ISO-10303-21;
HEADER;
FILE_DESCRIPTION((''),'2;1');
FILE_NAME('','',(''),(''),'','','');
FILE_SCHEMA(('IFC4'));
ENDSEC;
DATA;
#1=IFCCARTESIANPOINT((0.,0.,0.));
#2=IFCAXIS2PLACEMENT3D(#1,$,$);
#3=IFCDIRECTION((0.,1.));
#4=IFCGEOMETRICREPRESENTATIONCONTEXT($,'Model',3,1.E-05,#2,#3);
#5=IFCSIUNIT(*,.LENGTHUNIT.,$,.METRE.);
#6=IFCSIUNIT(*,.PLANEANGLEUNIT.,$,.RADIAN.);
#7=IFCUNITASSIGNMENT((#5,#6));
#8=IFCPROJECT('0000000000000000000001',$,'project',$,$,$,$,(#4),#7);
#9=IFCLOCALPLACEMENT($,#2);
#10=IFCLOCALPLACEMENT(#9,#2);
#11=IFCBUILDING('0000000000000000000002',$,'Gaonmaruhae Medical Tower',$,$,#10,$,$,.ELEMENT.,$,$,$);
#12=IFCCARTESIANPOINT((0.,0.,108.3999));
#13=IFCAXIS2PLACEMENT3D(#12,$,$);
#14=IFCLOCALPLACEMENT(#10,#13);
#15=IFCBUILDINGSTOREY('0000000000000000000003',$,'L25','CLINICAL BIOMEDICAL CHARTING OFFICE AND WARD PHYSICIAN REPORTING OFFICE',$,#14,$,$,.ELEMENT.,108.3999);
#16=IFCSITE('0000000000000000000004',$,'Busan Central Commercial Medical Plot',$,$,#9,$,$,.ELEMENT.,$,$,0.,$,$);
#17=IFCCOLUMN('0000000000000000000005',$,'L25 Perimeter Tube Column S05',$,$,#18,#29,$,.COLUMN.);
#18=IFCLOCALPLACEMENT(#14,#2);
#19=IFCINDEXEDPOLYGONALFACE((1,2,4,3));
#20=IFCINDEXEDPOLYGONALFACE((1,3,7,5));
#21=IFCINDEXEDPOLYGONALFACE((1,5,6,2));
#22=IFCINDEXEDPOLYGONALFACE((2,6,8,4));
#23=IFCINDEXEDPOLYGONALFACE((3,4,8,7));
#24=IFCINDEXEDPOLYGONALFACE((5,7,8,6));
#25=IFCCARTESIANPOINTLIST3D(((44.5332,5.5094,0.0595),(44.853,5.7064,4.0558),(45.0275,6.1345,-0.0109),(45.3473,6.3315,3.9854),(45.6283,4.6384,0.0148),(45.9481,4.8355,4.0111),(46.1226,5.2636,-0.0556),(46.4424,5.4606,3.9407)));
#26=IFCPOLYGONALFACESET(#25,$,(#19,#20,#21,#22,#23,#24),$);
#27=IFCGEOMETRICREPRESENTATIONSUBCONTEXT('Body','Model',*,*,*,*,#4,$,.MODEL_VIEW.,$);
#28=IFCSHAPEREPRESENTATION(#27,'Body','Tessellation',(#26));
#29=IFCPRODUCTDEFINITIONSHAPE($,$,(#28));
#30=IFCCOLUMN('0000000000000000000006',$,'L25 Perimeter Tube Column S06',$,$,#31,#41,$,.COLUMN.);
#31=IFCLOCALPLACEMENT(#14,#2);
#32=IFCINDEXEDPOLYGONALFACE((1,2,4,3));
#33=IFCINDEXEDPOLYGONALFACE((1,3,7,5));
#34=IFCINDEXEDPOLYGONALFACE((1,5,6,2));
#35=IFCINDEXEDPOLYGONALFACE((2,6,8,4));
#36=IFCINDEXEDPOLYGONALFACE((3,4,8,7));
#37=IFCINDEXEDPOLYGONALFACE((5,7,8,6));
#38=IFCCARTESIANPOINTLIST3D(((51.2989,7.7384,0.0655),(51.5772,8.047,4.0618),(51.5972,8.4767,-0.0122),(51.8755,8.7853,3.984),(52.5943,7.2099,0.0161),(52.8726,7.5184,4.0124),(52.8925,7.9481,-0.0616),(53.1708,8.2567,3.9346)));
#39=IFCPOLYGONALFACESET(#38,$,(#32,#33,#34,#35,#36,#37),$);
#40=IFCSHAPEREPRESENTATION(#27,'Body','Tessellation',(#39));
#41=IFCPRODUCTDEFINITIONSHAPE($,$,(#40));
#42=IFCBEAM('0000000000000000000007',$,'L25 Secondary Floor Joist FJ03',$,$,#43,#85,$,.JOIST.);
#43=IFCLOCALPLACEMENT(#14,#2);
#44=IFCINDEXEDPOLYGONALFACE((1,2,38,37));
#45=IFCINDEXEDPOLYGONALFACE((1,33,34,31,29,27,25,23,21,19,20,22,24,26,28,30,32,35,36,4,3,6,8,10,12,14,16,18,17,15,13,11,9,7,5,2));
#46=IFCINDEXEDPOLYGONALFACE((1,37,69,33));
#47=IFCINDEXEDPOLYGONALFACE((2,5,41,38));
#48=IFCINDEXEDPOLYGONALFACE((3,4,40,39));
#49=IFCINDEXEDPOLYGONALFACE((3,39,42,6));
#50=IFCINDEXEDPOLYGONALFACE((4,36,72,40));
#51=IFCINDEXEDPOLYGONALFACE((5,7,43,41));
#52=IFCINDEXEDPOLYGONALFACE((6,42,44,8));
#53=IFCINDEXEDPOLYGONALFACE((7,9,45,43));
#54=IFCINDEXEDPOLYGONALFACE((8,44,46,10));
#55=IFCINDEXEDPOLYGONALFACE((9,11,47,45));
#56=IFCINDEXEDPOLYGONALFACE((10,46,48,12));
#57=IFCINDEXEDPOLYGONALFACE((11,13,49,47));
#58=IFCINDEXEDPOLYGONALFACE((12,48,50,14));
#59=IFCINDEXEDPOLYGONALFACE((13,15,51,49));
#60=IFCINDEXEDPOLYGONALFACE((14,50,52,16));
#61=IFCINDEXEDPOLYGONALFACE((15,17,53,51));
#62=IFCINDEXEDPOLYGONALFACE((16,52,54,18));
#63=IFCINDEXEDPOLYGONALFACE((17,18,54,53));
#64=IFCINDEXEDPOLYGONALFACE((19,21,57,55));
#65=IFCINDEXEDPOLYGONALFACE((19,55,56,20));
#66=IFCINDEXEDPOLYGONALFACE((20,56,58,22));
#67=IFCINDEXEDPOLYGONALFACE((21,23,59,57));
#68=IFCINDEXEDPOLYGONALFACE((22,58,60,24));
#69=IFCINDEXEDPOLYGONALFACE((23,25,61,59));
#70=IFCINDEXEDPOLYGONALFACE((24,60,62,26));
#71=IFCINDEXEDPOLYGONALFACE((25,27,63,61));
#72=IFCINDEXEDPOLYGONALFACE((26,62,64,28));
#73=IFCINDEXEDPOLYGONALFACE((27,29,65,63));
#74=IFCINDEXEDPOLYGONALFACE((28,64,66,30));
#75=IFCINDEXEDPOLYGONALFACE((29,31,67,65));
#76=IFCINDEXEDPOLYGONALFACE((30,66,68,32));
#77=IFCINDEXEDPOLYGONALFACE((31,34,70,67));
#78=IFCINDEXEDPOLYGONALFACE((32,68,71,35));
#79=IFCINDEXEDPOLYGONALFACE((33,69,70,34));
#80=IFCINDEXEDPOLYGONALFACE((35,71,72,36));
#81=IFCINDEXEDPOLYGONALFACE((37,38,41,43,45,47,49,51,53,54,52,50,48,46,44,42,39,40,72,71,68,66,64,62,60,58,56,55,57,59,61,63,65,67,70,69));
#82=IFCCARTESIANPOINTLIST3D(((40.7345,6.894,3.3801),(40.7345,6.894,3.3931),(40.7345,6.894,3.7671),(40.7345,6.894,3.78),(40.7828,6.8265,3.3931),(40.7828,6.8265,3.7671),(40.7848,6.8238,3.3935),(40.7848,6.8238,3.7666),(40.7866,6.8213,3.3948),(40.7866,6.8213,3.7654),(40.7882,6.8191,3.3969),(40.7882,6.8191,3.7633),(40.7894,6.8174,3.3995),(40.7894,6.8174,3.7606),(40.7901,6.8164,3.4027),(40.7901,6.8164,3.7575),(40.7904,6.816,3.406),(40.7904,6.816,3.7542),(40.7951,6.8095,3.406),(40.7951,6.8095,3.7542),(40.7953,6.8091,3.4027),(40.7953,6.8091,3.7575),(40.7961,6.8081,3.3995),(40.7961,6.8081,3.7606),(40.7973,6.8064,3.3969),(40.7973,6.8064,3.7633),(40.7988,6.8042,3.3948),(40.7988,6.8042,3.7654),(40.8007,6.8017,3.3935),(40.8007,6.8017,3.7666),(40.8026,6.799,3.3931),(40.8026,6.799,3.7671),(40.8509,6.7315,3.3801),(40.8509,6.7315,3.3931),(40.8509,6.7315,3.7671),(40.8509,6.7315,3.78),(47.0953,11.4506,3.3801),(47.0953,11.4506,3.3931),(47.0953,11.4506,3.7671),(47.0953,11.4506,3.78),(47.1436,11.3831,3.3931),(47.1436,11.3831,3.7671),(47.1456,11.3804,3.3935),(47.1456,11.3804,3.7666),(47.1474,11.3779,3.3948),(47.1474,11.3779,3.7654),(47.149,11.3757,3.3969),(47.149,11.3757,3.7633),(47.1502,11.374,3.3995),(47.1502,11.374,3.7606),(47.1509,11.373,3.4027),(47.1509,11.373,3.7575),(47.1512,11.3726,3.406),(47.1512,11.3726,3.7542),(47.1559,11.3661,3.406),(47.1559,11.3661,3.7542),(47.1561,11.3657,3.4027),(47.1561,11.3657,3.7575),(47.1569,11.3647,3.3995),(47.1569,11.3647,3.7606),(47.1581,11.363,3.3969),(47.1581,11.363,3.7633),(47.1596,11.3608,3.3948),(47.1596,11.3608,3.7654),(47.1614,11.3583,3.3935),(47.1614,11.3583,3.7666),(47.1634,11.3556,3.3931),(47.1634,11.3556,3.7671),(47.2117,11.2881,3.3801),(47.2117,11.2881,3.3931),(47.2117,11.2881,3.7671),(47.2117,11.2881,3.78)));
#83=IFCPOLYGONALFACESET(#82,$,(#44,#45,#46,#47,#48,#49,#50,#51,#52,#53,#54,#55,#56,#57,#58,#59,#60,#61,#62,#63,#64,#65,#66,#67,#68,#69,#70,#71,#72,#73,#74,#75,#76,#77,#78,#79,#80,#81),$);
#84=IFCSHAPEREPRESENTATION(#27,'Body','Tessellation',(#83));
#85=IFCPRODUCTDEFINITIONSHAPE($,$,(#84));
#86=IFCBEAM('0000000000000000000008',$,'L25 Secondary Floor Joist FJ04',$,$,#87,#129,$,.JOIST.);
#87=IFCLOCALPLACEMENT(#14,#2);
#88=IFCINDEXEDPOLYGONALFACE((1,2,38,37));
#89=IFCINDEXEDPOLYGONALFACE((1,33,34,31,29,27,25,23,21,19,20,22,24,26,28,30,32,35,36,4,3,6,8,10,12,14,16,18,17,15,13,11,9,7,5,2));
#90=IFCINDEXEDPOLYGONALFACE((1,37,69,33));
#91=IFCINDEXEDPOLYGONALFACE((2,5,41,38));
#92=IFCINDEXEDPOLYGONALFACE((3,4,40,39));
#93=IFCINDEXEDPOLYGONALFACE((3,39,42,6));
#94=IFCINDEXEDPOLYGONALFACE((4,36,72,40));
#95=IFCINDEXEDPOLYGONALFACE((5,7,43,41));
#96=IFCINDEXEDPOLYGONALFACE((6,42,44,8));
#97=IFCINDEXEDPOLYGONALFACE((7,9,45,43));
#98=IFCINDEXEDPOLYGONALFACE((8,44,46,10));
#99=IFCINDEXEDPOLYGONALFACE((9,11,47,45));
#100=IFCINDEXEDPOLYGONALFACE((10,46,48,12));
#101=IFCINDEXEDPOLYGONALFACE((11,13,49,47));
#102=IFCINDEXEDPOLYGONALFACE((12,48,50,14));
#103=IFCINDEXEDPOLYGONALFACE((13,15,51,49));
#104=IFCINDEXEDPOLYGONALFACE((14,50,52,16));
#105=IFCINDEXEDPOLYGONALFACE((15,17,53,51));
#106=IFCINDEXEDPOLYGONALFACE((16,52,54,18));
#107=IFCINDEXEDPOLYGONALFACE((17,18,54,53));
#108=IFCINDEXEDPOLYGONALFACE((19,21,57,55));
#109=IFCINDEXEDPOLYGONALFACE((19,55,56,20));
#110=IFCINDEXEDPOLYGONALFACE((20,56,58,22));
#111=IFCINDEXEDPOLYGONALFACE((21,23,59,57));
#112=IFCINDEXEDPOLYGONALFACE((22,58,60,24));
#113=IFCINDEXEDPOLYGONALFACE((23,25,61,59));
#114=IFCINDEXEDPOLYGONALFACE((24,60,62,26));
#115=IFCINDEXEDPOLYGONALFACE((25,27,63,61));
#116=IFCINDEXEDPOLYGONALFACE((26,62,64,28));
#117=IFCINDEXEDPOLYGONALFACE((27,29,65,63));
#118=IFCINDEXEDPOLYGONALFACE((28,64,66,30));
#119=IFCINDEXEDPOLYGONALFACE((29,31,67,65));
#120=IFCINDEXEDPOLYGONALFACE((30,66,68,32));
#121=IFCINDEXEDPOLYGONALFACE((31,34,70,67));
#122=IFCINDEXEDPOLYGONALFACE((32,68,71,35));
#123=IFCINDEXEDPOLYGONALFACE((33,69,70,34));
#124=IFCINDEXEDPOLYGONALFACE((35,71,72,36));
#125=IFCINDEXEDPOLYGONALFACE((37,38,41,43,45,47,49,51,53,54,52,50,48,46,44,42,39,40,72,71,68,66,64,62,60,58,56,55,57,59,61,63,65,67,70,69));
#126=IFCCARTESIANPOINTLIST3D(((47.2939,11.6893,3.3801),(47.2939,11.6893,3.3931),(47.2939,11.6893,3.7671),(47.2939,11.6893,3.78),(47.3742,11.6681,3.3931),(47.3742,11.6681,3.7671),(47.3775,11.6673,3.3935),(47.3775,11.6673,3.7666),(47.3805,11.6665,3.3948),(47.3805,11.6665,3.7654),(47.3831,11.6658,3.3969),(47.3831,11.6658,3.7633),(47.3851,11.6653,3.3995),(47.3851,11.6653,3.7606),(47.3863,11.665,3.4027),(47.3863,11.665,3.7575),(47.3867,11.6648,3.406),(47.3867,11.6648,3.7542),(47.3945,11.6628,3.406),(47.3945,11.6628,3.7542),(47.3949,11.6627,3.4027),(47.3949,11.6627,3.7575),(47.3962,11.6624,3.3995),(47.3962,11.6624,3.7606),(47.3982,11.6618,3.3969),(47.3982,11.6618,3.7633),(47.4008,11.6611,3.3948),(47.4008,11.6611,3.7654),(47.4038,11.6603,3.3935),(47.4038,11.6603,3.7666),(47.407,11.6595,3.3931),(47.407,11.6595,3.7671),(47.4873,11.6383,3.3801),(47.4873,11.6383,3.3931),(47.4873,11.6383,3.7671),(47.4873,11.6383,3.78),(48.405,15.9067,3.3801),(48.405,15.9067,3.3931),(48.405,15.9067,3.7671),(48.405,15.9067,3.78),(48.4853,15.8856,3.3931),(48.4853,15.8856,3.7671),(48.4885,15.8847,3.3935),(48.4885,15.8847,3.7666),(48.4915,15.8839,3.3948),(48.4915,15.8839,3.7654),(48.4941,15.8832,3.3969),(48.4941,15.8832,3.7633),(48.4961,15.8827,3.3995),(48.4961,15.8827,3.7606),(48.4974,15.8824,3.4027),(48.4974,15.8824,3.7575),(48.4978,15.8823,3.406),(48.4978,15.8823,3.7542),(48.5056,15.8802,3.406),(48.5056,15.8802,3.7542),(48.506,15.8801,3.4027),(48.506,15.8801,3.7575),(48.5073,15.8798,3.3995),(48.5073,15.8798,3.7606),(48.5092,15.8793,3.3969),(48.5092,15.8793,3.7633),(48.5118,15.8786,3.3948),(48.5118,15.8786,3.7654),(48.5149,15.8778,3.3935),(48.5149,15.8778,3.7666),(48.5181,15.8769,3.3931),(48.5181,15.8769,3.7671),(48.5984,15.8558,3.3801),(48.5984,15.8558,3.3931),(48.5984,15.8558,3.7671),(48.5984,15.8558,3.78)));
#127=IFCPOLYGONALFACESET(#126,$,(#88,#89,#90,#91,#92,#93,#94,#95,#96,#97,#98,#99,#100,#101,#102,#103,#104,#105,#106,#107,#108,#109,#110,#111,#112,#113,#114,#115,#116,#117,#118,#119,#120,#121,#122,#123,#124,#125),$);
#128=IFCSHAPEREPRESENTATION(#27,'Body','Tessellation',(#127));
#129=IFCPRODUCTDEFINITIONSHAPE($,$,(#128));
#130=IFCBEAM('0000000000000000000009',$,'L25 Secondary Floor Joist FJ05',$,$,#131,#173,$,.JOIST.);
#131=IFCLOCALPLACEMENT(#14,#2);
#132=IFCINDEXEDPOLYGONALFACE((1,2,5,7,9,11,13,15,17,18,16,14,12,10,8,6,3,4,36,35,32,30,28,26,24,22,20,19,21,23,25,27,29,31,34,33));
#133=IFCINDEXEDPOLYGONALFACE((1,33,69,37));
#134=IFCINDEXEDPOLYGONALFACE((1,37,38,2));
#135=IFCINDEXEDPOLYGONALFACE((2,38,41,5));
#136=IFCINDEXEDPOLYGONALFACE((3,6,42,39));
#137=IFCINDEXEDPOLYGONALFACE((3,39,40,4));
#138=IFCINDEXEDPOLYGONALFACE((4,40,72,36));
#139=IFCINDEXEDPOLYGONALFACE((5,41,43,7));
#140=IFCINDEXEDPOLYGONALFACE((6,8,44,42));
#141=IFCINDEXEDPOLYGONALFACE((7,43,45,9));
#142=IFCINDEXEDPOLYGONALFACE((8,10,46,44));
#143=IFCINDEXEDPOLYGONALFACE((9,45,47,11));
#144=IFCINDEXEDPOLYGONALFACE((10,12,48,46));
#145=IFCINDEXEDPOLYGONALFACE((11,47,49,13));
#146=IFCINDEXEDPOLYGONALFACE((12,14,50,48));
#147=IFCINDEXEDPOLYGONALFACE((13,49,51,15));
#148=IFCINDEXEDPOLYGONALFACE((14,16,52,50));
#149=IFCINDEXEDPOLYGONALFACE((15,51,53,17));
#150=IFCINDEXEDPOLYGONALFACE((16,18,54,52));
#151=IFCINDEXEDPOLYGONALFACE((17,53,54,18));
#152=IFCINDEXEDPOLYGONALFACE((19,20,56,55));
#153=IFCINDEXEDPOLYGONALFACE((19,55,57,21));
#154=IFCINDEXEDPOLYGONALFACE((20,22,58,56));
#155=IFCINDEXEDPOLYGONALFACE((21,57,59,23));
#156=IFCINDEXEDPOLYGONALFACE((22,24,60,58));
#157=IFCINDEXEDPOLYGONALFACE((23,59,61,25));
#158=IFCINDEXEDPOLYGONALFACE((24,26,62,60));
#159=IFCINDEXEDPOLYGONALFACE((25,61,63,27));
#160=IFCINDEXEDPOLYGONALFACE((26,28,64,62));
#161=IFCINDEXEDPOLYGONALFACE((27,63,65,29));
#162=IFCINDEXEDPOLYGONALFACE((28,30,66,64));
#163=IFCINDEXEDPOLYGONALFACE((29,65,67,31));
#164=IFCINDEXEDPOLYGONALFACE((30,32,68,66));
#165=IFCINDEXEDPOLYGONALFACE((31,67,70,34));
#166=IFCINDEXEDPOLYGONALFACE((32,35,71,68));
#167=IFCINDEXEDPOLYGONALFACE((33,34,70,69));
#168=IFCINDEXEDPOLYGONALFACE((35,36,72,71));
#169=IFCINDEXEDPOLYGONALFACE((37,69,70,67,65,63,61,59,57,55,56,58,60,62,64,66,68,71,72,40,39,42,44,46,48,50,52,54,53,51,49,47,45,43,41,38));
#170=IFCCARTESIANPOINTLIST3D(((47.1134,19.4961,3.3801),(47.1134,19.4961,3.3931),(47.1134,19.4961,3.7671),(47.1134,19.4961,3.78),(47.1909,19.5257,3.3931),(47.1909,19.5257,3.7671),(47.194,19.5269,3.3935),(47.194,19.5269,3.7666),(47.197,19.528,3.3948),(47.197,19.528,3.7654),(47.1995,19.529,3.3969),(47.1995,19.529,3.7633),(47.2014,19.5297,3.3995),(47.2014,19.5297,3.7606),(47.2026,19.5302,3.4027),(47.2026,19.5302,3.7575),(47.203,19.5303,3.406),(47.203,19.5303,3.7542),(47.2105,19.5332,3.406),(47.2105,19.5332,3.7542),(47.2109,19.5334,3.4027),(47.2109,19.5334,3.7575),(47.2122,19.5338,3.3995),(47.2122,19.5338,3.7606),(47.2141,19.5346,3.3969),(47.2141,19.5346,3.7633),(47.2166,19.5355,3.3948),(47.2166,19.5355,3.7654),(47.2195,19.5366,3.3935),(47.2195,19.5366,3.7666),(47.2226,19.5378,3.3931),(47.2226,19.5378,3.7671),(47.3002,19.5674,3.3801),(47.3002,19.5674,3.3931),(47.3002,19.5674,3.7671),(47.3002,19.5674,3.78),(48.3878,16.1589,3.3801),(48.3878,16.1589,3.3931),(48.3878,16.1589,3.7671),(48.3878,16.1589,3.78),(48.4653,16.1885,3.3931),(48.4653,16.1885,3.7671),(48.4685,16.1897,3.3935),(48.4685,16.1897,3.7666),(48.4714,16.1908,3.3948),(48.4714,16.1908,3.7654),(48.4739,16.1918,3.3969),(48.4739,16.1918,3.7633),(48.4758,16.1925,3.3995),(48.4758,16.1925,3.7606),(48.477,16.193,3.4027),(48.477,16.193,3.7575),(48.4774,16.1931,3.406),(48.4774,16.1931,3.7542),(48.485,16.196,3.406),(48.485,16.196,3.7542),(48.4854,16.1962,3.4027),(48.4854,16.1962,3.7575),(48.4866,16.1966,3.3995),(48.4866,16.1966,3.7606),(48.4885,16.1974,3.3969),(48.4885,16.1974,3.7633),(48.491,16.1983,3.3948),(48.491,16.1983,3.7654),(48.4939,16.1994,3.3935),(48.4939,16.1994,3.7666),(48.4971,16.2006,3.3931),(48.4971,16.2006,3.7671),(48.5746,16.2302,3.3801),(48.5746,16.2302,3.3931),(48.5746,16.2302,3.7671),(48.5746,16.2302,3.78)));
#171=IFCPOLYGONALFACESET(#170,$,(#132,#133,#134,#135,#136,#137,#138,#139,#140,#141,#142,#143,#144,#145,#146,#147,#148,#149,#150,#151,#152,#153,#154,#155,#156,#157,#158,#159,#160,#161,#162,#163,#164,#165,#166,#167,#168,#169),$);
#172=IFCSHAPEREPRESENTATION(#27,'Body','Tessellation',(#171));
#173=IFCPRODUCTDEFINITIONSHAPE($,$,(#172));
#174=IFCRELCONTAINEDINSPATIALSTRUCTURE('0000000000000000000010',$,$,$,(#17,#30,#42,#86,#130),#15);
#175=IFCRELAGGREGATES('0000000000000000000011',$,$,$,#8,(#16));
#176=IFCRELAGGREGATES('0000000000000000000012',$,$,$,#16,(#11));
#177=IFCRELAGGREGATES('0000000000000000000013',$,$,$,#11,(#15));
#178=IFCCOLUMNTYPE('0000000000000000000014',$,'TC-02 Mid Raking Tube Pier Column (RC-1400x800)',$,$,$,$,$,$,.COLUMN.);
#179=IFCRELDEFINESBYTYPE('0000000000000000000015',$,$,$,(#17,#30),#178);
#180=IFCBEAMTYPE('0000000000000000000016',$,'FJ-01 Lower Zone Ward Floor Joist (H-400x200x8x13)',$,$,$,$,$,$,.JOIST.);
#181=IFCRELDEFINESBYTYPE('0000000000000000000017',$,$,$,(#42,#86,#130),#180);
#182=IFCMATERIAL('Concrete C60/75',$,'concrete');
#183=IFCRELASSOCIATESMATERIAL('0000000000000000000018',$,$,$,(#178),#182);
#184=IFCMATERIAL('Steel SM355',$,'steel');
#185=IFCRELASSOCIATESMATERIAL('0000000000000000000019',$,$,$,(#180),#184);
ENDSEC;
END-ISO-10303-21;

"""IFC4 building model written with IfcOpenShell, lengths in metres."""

from ifc_helpers import new_model, si_unit, direction, frame, origin, origin_2d, place, context, subcontext, project, spatial, rectangle, i_section, extrude, material, material_profile, profile_set, type_object, element, save


model = new_model("IFC4")

# Units and contexts
model_context = context("Model", 3, precision=1e-05, world=origin(), true_north=direction((0.0, 1.0)))
body_context = subcontext(model_context, "Body", "Model", "MODEL_VIEW")
ifc_project = project(units=[si_unit("LENGTHUNIT", "METRE"), si_unit("PLANEANGLEUNIT", "RADIAN")], contexts=[model_context])

# Site, building, storey
site_placement = place(None, origin())
site = spatial("IfcSite", under=ifc_project, at=site_placement, Name="Busan Central Commercial Medical Plot", CompositionType="ELEMENT", RefElevation=0.0)
building_placement = place(site_placement, origin())
building = spatial("IfcBuilding", under=site, at=building_placement, Name="Gaonmaruhae Medical Tower", CompositionType="ELEMENT")
storey_placement = place(building_placement, frame((0.0, 0.0, 108.3999)))
storey = spatial("IfcBuildingStorey", under=building, at=storey_placement, Name="L25", Description="CLINICAL BIOMEDICAL CHARTING OFFICE AND WARD PHYSICIAN REPORTING OFFICE", CompositionType="ELEMENT", Elevation=108.3999)

# Columns
ifc_material_1 = material(Name="Concrete C60/75", Category="concrete")
ifc_material_profile_1 = material_profile(ifc_material_1, rectangle(XDim=1.3999, YDim=0.8, at=origin_2d()), Name="RC-1400x800")
ifc_profile_set_1 = profile_set([ifc_material_profile_1], Name="Concrete C60/75")
column_type = type_object("IfcColumnType", Name="TC-02 Mid Raking Tube Pier Column (RC-1400x800)", PredefinedType="COLUMN", material=ifc_profile_set_1)
column_1_placement = place(storey_placement, frame((45.3279, 5.3865, 0.002), z_axis=(0.079678, 0.049084, 0.995611), x_axis=(-0.782249, 0.622147, 0.031931)))
element("IfcColumn", 1, at=column_1_placement, inside=storey, type_object=column_type, Name="L25 Perimeter Tube Column S05", PredefinedType="COLUMN", context=body_context, shape_type="SweptSolid", body=[
    extrude(rectangle(XDim=1.3999, YDim=0.8, at=origin_2d()), origin(), (0.0, 0.0, 1.0), 4.0139),
])
column_2_placement = place(storey_placement, frame((52.0957, 7.8433, 0.002), z_axis=(0.06927, 0.076805, 0.994637), x_axis=(-0.925321, 0.377539, 0.03529)))
element("IfcColumn", 2, at=column_2_placement, inside=storey, type_object=column_type, Name="L25 Perimeter Tube Column S06", PredefinedType="COLUMN", context=body_context, shape_type="SweptSolid", body=[
    extrude(rectangle(XDim=1.3999, YDim=0.8, at=origin_2d()), origin(), (0.0, 0.0, 1.0), 4.0178),
])

# Beams
ifc_material_2 = material(Name="Steel SM355", Category="steel")
ifc_material_profile_2 = material_profile(ifc_material_2, i_section(OverallWidth=0.2, OverallDepth=0.3999, WebThickness=0.0081, FlangeThickness=0.0129, FilletRadius=0.0129, at=origin_2d()), Name="H-400x200x8x13")
ifc_profile_set_2 = profile_set([ifc_material_profile_2], Name="Steel SM355")
beam_type_1 = type_object("IfcBeamType", Name="FJ-01 Lower Zone Ward Floor Joist (H-400x200x8x13)", PredefinedType="JOIST", material=ifc_profile_set_2)
beam_1_placement = place(storey_placement, frame((40.7927, 6.8127, 3.5801), z_axis=(0.812936, 0.582353, 0.0), x_axis=(-0.582353, 0.812936, 0.0)))
element("IfcBeam", 3, at=beam_1_placement, inside=storey, type_object=beam_type_1, Name="L25 Secondary Floor Joist FJ03", PredefinedType="JOIST", context=body_context, shape_type="SweptSolid", body=[
    extrude(i_section(OverallWidth=0.2, OverallDepth=0.3999, WebThickness=0.0081, FlangeThickness=0.0129, FilletRadius=0.0129, at=origin_2d()), origin(), (0.0, 0.0, 1.0), 7.8245),
])
beam_2_placement = place(storey_placement, frame((47.3906, 11.6638, 3.5801), z_axis=(0.254752, 0.967006, 0.0), x_axis=(-0.967006, 0.254752, 0.0)))
element("IfcBeam", 4, at=beam_2_placement, inside=storey, type_object=beam_type_1, Name="L25 Secondary Floor Joist FJ04", PredefinedType="JOIST", context=body_context, shape_type="SweptSolid", body=[
    extrude(i_section(OverallWidth=0.2, OverallDepth=0.3999, WebThickness=0.0081, FlangeThickness=0.0129, FilletRadius=0.0129, at=origin_2d()), origin(), (0.0, 0.0, 1.0), 4.3613),
])
beam_3_placement = place(storey_placement, frame((48.4812, 16.1946, 3.5801), z_axis=(-0.356757, 0.934197, 0.0), x_axis=(-0.934197, -0.356757, 0.0)))
element("IfcBeam", 5, at=beam_3_placement, inside=storey, type_object=beam_type_1, Name="L25 Secondary Floor Joist FJ05", PredefinedType="JOIST", context=body_context, shape_type="SweptSolid", body=[
    extrude(i_section(OverallWidth=0.2, OverallDepth=0.3999, WebThickness=0.0081, FlangeThickness=0.0129, FilletRadius=0.0129, at=origin_2d()), origin(), (0.0, 0.0, 1.0), 3.5723),
])

save(model, "model.ifc")
